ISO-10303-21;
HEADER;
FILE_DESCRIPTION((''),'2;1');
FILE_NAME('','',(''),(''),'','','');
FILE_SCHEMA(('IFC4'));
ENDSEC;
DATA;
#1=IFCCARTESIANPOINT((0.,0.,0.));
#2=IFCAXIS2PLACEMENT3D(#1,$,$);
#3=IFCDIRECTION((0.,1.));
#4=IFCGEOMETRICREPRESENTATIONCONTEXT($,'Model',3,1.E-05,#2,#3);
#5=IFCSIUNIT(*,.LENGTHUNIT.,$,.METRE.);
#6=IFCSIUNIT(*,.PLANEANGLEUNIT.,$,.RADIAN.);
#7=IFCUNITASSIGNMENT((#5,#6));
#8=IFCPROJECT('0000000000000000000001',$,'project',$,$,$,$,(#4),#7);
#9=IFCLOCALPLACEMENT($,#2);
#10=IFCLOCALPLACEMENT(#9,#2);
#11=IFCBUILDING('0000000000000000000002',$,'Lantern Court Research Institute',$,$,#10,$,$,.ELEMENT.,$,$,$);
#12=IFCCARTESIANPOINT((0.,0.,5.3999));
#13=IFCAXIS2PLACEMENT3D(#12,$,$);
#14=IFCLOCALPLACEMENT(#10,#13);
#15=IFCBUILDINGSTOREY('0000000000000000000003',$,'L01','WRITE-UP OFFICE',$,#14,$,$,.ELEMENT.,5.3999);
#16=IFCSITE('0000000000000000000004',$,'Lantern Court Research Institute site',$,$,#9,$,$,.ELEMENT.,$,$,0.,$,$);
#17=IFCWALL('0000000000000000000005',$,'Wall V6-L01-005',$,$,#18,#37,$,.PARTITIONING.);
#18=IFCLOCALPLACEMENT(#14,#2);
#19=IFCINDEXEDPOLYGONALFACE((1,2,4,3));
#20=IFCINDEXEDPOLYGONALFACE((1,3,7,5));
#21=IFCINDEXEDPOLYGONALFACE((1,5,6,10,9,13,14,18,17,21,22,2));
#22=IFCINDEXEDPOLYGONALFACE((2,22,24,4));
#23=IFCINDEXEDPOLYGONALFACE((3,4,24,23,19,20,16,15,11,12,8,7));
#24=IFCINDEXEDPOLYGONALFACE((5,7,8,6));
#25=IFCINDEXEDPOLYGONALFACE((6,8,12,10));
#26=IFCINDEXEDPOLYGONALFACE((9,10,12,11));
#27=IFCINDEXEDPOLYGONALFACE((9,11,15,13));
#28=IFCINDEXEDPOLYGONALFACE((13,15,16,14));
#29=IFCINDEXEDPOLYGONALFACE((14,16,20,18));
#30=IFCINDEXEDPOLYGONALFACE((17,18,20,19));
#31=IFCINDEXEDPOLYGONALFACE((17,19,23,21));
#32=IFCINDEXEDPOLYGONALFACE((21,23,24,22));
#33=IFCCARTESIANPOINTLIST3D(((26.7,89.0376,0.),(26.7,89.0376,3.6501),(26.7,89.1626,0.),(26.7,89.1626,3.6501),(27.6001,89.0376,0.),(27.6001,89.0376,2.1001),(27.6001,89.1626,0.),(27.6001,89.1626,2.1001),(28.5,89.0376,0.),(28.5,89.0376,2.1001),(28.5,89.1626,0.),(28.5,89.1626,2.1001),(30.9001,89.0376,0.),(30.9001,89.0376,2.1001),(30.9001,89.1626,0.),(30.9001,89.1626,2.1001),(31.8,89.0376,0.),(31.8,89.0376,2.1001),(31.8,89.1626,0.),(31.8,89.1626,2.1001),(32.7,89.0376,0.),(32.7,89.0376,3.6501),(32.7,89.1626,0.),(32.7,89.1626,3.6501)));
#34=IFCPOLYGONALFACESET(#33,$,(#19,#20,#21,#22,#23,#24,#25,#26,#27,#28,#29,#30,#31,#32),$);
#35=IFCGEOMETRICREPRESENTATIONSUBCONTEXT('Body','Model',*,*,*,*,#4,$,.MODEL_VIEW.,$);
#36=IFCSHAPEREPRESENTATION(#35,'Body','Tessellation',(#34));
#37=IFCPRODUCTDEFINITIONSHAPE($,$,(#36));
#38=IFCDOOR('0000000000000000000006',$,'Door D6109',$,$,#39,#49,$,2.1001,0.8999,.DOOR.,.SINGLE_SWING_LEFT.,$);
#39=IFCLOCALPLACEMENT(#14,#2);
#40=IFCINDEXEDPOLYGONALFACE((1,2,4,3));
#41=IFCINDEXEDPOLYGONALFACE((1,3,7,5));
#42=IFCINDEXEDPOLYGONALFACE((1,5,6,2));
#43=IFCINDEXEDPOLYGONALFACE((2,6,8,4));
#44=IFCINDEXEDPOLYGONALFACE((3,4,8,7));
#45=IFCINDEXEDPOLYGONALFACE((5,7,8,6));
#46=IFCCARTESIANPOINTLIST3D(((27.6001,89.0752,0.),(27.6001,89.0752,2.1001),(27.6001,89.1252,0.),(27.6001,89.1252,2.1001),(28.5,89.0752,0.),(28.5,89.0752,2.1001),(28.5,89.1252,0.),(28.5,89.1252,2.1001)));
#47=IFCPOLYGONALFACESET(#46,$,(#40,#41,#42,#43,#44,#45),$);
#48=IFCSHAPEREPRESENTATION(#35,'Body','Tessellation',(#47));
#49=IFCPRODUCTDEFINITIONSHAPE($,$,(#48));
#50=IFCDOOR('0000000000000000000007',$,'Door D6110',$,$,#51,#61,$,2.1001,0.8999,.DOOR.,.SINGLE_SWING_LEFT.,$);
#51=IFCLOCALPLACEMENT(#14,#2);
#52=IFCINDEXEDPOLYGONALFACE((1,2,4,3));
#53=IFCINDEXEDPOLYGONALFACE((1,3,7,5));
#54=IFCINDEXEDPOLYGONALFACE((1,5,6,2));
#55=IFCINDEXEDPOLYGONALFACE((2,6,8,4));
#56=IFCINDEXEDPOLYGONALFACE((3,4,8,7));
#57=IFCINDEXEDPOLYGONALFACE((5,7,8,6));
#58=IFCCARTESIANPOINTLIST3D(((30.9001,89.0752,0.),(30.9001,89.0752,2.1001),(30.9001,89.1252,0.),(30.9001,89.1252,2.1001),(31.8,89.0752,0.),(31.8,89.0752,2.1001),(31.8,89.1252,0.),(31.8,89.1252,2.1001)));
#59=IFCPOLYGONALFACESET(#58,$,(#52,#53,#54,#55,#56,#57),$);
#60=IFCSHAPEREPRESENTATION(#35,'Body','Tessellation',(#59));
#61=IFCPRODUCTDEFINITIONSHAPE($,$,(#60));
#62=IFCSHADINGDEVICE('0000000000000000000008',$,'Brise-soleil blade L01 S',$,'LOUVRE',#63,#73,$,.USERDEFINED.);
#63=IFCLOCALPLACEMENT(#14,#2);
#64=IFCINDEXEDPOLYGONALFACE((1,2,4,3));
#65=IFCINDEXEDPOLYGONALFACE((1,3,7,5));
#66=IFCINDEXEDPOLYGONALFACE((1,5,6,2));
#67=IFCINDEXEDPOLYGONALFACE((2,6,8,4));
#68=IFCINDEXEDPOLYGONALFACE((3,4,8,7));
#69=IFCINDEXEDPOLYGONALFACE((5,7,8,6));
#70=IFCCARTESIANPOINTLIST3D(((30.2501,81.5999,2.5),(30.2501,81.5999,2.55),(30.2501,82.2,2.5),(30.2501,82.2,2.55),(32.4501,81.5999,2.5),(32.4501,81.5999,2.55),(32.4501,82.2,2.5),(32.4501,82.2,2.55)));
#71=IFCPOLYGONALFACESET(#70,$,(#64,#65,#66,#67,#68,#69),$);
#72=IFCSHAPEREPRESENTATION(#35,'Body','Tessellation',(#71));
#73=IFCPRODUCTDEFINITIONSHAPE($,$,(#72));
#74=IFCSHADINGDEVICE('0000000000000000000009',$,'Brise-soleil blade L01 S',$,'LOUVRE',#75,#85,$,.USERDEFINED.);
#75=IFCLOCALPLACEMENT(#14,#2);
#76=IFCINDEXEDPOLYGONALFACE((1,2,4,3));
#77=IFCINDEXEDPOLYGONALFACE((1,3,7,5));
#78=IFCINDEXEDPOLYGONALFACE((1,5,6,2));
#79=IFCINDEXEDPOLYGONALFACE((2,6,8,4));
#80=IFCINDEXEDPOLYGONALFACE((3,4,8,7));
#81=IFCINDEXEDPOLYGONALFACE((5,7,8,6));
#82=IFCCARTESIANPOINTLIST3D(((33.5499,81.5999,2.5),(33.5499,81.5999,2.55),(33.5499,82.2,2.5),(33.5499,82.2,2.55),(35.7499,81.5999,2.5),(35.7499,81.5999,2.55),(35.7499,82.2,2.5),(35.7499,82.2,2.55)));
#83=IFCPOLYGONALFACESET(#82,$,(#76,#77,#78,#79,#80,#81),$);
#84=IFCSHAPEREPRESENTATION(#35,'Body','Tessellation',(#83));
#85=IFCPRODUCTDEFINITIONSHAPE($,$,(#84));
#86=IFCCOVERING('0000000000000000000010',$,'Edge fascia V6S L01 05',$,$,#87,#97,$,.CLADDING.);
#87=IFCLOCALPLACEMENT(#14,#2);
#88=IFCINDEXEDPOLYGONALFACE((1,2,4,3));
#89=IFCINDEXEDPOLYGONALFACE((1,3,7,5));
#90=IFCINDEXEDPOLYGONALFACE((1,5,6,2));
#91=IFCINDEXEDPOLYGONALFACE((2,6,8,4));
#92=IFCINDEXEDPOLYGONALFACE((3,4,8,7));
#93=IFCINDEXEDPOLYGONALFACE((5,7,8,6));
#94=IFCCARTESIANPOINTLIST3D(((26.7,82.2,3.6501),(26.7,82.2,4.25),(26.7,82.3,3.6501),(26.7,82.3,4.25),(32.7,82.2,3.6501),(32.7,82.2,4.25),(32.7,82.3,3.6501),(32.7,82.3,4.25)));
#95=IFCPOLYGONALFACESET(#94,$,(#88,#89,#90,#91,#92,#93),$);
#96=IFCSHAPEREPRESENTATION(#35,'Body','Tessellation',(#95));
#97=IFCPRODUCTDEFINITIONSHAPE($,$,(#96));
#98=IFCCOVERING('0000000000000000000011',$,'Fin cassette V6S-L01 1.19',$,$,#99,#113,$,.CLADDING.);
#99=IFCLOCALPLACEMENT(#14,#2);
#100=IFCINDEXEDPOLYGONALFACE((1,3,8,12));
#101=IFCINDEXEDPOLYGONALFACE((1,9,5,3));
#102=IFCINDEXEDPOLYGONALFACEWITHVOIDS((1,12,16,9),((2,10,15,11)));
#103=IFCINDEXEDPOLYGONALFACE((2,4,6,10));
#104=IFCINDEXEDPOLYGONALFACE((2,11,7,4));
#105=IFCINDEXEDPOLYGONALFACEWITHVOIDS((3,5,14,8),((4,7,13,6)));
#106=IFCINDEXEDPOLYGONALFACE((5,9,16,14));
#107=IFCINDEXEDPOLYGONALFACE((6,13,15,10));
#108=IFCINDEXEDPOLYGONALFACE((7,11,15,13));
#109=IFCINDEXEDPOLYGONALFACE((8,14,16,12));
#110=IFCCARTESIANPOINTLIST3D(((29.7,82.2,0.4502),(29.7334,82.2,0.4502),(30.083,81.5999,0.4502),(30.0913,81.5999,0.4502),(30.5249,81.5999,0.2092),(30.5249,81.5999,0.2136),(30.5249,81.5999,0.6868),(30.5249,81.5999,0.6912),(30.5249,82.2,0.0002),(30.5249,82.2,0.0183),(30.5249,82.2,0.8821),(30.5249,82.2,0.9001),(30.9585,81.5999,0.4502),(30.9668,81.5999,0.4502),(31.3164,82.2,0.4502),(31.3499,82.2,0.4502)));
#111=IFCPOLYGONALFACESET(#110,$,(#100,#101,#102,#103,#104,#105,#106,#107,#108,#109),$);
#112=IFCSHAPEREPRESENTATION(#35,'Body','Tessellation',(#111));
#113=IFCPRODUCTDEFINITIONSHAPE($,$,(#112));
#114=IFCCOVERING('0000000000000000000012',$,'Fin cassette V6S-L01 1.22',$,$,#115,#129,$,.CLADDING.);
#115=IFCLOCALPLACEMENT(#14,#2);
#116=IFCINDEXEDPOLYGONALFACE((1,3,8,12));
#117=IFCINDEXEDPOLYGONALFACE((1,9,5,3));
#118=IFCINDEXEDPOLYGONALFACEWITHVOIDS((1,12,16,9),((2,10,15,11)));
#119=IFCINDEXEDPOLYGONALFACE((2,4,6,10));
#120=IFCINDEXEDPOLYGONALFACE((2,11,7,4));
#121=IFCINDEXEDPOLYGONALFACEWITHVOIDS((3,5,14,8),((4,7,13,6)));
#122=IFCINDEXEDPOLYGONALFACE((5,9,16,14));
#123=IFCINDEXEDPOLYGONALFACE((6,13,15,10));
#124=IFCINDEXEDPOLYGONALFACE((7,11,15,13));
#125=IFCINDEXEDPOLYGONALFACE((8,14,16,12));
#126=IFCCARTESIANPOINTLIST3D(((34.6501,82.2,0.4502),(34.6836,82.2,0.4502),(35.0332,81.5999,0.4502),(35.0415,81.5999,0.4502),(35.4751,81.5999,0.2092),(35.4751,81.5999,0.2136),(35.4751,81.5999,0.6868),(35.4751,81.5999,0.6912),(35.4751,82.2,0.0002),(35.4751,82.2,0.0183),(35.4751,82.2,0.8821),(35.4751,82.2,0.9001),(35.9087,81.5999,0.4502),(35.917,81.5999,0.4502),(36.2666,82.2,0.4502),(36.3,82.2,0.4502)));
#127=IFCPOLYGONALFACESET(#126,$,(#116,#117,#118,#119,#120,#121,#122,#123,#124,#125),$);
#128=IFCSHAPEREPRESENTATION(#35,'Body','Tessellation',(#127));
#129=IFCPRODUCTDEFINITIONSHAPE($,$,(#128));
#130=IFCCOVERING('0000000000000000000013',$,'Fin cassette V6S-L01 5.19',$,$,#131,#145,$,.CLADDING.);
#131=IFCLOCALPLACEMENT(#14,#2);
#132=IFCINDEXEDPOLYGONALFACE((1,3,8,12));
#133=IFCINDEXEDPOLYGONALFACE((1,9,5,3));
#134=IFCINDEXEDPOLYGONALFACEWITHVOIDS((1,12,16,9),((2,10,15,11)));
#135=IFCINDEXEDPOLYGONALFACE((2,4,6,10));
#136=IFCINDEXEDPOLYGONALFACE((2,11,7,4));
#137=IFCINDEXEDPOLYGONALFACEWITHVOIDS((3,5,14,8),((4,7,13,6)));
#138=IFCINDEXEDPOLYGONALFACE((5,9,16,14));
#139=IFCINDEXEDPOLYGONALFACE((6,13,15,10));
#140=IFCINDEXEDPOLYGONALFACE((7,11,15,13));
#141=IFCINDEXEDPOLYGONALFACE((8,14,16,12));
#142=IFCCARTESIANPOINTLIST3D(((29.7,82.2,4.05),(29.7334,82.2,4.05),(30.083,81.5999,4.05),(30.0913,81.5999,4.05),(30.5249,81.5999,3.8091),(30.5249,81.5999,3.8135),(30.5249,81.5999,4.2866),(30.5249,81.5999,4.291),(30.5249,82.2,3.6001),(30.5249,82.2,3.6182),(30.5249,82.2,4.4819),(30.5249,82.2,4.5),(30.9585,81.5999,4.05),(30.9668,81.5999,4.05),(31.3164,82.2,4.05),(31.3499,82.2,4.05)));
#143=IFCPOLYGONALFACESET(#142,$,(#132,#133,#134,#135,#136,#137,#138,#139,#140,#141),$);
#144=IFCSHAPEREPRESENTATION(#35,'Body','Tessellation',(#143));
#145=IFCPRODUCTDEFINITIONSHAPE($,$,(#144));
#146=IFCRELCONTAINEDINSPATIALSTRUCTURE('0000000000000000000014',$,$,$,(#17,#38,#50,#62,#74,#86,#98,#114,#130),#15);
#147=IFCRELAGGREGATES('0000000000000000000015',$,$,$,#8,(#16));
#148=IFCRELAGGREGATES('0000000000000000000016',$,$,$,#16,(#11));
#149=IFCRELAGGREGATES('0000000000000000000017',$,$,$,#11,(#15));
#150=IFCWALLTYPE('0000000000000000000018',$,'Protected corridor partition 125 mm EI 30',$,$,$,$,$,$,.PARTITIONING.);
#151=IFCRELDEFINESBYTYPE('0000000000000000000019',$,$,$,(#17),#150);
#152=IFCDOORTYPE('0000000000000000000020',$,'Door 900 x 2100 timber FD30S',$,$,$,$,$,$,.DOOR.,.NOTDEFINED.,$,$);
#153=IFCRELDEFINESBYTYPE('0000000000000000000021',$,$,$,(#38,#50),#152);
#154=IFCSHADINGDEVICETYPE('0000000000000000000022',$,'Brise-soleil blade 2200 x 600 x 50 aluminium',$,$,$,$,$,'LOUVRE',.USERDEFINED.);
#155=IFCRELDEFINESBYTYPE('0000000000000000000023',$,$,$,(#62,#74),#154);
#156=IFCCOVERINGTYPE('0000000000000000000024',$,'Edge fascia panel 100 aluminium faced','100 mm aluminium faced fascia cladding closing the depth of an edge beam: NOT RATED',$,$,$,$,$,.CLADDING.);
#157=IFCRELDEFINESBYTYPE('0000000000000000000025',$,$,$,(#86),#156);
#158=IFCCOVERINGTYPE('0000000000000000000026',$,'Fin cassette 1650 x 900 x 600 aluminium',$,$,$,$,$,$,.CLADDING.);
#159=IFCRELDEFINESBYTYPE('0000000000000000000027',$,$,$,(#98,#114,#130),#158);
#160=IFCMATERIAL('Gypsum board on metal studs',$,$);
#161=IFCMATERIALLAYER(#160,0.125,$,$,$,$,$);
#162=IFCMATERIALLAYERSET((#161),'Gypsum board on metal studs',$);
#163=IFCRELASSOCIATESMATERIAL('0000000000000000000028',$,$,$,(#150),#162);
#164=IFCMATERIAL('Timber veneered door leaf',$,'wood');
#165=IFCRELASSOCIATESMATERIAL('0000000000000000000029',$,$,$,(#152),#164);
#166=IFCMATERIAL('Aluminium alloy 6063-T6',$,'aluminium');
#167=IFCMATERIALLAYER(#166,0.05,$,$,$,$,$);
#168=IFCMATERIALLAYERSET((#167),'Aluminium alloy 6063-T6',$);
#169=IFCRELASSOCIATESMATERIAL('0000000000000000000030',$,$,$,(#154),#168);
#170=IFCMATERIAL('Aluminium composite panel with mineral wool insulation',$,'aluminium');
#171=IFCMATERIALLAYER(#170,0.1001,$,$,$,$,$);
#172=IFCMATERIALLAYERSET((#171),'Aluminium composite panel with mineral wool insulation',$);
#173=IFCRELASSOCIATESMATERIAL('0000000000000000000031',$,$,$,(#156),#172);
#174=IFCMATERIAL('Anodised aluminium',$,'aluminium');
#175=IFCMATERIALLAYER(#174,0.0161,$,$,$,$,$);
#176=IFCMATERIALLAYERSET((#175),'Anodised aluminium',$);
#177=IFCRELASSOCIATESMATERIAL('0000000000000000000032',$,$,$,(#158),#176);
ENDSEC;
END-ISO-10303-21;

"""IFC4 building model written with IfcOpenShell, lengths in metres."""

from ifc_helpers import new_model, entity, si_unit, direction, frame, frame_2d, origin, origin_2d, place, context, subcontext, project, spatial, rectangle, extrude, material, layer, layer_set, type_object, element, fill, save


model = new_model("IFC4")

# Units and contexts
model_context = context("Model", 3, precision=1e-05, world=origin(), true_north=direction((0.0, 1.0)))
body_context = subcontext(model_context, "Body", "Model", "MODEL_VIEW")
ifc_project = project(units=[si_unit("LENGTHUNIT", "METRE"), si_unit("PLANEANGLEUNIT", "RADIAN")], contexts=[model_context])

# Site, building, storey
site_placement = place(None, origin())
site = spatial("IfcSite", under=ifc_project, at=site_placement, Name="Lantern Court Research Institute site", CompositionType="ELEMENT", RefElevation=0.0)
building_placement = place(site_placement, origin())
building = spatial("IfcBuilding", under=site, at=building_placement, Name="Lantern Court Research Institute", CompositionType="ELEMENT")
storey_placement = place(building_placement, frame((0.0, 0.0, 5.3999)))
storey = spatial("IfcBuildingStorey", under=building, at=storey_placement, Name="L01", Description="WRITE-UP OFFICE", CompositionType="ELEMENT", Elevation=5.3999)

# Wall, openings, doors
ifc_material_1 = material(Name="Gypsum board on metal studs")
ifc_layer_1 = layer(ifc_material_1, 0.125)
ifc_layer_set_1 = layer_set([ifc_layer_1], Name="Gypsum board on metal studs")
wall_type_1 = type_object("IfcWallType", Name="Protected corridor partition 125 mm EI 30", PredefinedType="PARTITIONING", material=ifc_layer_set_1)
wall_1_placement = place(storey_placement, frame((32.7, 89.1001, 0.0), z_axis=(0.0, 0.0, 1.0), x_axis=(-1.0, 0.0, 0.0)))
wall_1 = element("IfcWall", 1, at=wall_1_placement, inside=storey, type_object=wall_type_1, Name="Wall V6-L01-005", PredefinedType="PARTITIONING", context=body_context, shape_type="SweptSolid", body=[
    extrude(rectangle(XDim=6.0, YDim=0.125, at=frame_2d((3.0, 0.0))), origin(), (0.0, 0.0, 1.0), 3.6501),
])
opening_1_placement = place(wall_1_placement, frame((4.2, 0.0, 0.0)))
opening_1 = element("IfcOpeningElement", 2, at=opening_1_placement, cuts=wall_1, PredefinedType="OPENING", context=body_context, shape_type="SweptSolid", body=[
    extrude(rectangle(XDim=0.8999, YDim=2.1001, at=frame_2d((0.45, 1.05))), frame((0.0, 0.0725, 0.0), z_axis=(0.0, -1.0, 0.0), x_axis=(1.0, 0.0, 0.0)), (0.0, 0.0, 1.0), 0.145),
])
opening_2_placement = place(wall_1_placement, frame((0.8999, 0.0, 0.0)))
opening_2 = element("IfcOpeningElement", 3, at=opening_2_placement, cuts=wall_1, PredefinedType="OPENING", context=body_context, shape_type="SweptSolid", body=[
    extrude(rectangle(XDim=0.8999, YDim=2.1001, at=frame_2d((0.45, 1.05))), frame((0.0, 0.0725, 0.0), z_axis=(0.0, -1.0, 0.0), x_axis=(1.0, 0.0, 0.0)), (0.0, 0.0, 1.0), 0.145),
])
ifc_material_2 = material(Name="Timber veneered door leaf", Category="wood")
door_type = type_object("IfcDoorType", Name="Door 900 x 2100 timber FD30S", OperationType="NOTDEFINED", PredefinedType="DOOR", material=ifc_material_2)
door_1_placement = place(opening_1_placement, origin())
door_1 = element("IfcDoor", 4, at=door_1_placement, inside=storey, type_object=door_type, Name="Door D6109", OperationType="SINGLE_SWING_LEFT", OverallHeight=2.1001, OverallWidth=0.8999, PredefinedType="DOOR", context=body_context, shape_type="SweptSolid", body=[
    extrude(rectangle(XDim=0.8999, YDim=2.1001, at=frame_2d((0.45, 1.05))), frame((0.0, 0.0249, 0.0), z_axis=(0.0, -1.0, 0.0), x_axis=(1.0, 0.0, 0.0)), (0.0, 0.0, 1.0), 0.05),
])
fill(opening_1, door_1)
door_2_placement = place(opening_2_placement, origin())
door_2 = element("IfcDoor", 5, at=door_2_placement, inside=storey, type_object=door_type, Name="Door D6110", OperationType="SINGLE_SWING_LEFT", OverallHeight=2.1001, OverallWidth=0.8999, PredefinedType="DOOR", context=body_context, shape_type="SweptSolid", body=[
    extrude(rectangle(XDim=0.8999, YDim=2.1001, at=frame_2d((0.45, 1.05))), frame((0.0, 0.0249, 0.0), z_axis=(0.0, -1.0, 0.0), x_axis=(1.0, 0.0, 0.0)), (0.0, 0.0, 1.0), 0.05),
])
fill(opening_2, door_2)

# Shading devices
ifc_material_3 = material(Name="Aluminium alloy 6063-T6", Category="aluminium")
ifc_layer_2 = layer(ifc_material_3, 0.05)
ifc_layer_set_2 = layer_set([ifc_layer_2], Name="Aluminium alloy 6063-T6")
shading_device_type = type_object("IfcShadingDeviceType", Name="Brise-soleil blade 2200 x 600 x 50 aluminium", ElementType="LOUVRE", PredefinedType="USERDEFINED", material=ifc_layer_set_2)
for number, where, z_axis, x_axis, name in (
    (6, (31.3501, 81.8999, 2.5), (0.0, 0.0, 1.0), (-1.0, 0.0, 0.0), "Brise-soleil blade L01 S"),
    (7, (34.6499, 81.8999, 2.5), (0.0, 0.0, 1.0), (-1.0, 0.0, 0.0), "Brise-soleil blade L01 S"),
):
    element("IfcShadingDevice", number, at=place(storey_placement, frame(where, z_axis=z_axis, x_axis=x_axis)), inside=storey, type_object=shading_device_type, Name=name, ObjectType="LOUVRE", PredefinedType="USERDEFINED", context=body_context, shape_type="SweptSolid", body=[
        extrude(rectangle(XDim=2.2, YDim=0.6001, at=origin_2d()), origin(), (0.0, 0.0, 1.0), 0.05),
    ])

# Coverings
ifc_material_4 = material(Name="Aluminium composite panel with mineral wool insulation", Category="aluminium")
ifc_layer_3 = layer(ifc_material_4, 0.1001)
ifc_layer_set_3 = layer_set([ifc_layer_3], Name="Aluminium composite panel with mineral wool insulation")
covering_type_1 = type_object("IfcCoveringType", Name="Edge fascia panel 100 aluminium faced", Description="100 mm aluminium faced fascia cladding closing the depth of an edge beam: NOT RATED", PredefinedType="CLADDING", material=ifc_layer_set_3)
covering_1_placement = place(storey_placement, frame((32.7, 82.25, 3.6501), z_axis=(0.0, 0.0, 1.0), x_axis=(-1.0, 0.0, 0.0)))
element("IfcCovering", 8, at=covering_1_placement, inside=storey, type_object=covering_type_1, Name="Edge fascia V6S L01 05", PredefinedType="CLADDING", context=body_context, shape_type="SweptSolid", body=[
    extrude(rectangle(XDim=6.0, YDim=0.1001, at=frame_2d((3.0, 0.0))), origin(), (0.0, 0.0, 1.0), 0.5999),
])
ifc_material_5 = material(Name="Anodised aluminium", Category="aluminium")
ifc_layer_4 = layer(ifc_material_5, 0.0161)
ifc_layer_set_4 = layer_set([ifc_layer_4], Name="Anodised aluminium")
covering_type_2 = type_object("IfcCoveringType", Name="Fin cassette 1650 x 900 x 600 aluminium", PredefinedType="CLADDING", material=ifc_layer_set_4)
covering_2_placement = place(storey_placement, frame((30.5249, 82.2, 0.4502), z_axis=(0.0, -1.0, 0.0), x_axis=(1.0, 0.0, 0.0)))
cartesian_point_1 = entity("IfcCartesianPoint", [0.825, 0.0])
cartesian_point_2 = entity("IfcCartesianPoint", [0.7915, 0.0])
cartesian_point_3 = entity("IfcCartesianPoint", [0.4419, 0.0])
cartesian_point_4 = entity("IfcCartesianPoint", [0.4336, 0.0])
element("IfcCovering", 9, at=covering_2_placement, inside=storey, type_object=covering_type_2, Name="Fin cassette V6S-L01 1.19", PredefinedType="CLADDING", context=body_context, shape_type="SweptSolid", body=[
    entity("IfcExtrudedAreaSolidTapered", entity("IfcArbitraryProfileDefWithVoids", "AREA", None, entity("IfcPolyline", [cartesian_point_1, entity("IfcCartesianPoint", [0.0, 0.45]), entity("IfcCartesianPoint", [-0.825, 0.0]), entity("IfcCartesianPoint", [0.0, -0.45]), cartesian_point_1]), [entity("IfcPolyline", [cartesian_point_2, entity("IfcCartesianPoint", [0.0, 0.4319]), entity("IfcCartesianPoint", [-0.7915, 0.0]), entity("IfcCartesianPoint", [0.0, -0.4319]), cartesian_point_2])]), entity("IfcAxis2Placement3D", entity("IfcCartesianPoint", [0.0, 0.0, 0.0])), entity("IfcDirection", [0.0, 0.0, 1.0]), 0.6001, entity("IfcArbitraryProfileDefWithVoids", "AREA", None, entity("IfcPolyline", [cartesian_point_3, entity("IfcCartesianPoint", [0.0, 0.241]), entity("IfcCartesianPoint", [-0.4419, 0.0]), entity("IfcCartesianPoint", [0.0, -0.241]), cartesian_point_3]), [entity("IfcPolyline", [cartesian_point_4, entity("IfcCartesianPoint", [0.0, 0.2366]), entity("IfcCartesianPoint", [-0.4336, 0.0]), entity("IfcCartesianPoint", [0.0, -0.2366]), cartesian_point_4])])),
])
covering_3_placement = place(storey_placement, frame((35.4751, 82.2, 0.4502), z_axis=(0.0, -1.0, 0.0), x_axis=(1.0, 0.0, 0.0)))
cartesian_point_5 = entity("IfcCartesianPoint", [0.825, 0.0])
cartesian_point_6 = entity("IfcCartesianPoint", [0.7915, 0.0])
cartesian_point_7 = entity("IfcCartesianPoint", [0.4419, 0.0])
cartesian_point_8 = entity("IfcCartesianPoint", [0.4336, 0.0])
element("IfcCovering", 10, at=covering_3_placement, inside=storey, type_object=covering_type_2, Name="Fin cassette V6S-L01 1.22", PredefinedType="CLADDING", context=body_context, shape_type="SweptSolid", body=[
    entity("IfcExtrudedAreaSolidTapered", entity("IfcArbitraryProfileDefWithVoids", "AREA", None, entity("IfcPolyline", [cartesian_point_5, entity("IfcCartesianPoint", [0.0, 0.45]), entity("IfcCartesianPoint", [-0.825, 0.0]), entity("IfcCartesianPoint", [0.0, -0.45]), cartesian_point_5]), [entity("IfcPolyline", [cartesian_point_6, entity("IfcCartesianPoint", [0.0, 0.4319]), entity("IfcCartesianPoint", [-0.7915, 0.0]), entity("IfcCartesianPoint", [0.0, -0.4319]), cartesian_point_6])]), entity("IfcAxis2Placement3D", entity("IfcCartesianPoint", [0.0, 0.0, 0.0])), entity("IfcDirection", [0.0, 0.0, 1.0]), 0.6001, entity("IfcArbitraryProfileDefWithVoids", "AREA", None, entity("IfcPolyline", [cartesian_point_7, entity("IfcCartesianPoint", [0.0, 0.241]), entity("IfcCartesianPoint", [-0.4419, 0.0]), entity("IfcCartesianPoint", [0.0, -0.241]), cartesian_point_7]), [entity("IfcPolyline", [cartesian_point_8, entity("IfcCartesianPoint", [0.0, 0.2366]), entity("IfcCartesianPoint", [-0.4336, 0.0]), entity("IfcCartesianPoint", [0.0, -0.2366]), cartesian_point_8])])),
])
covering_4_placement = place(storey_placement, frame((30.5249, 82.2, 4.05), z_axis=(0.0, -1.0, 0.0), x_axis=(1.0, 0.0, 0.0)))
cartesian_point_9 = entity("IfcCartesianPoint", [0.825, 0.0])
cartesian_point_10 = entity("IfcCartesianPoint", [0.7915, 0.0])
cartesian_point_11 = entity("IfcCartesianPoint", [0.4419, 0.0])
cartesian_point_12 = entity("IfcCartesianPoint", [0.4336, 0.0])
element("IfcCovering", 11, at=covering_4_placement, inside=storey, type_object=covering_type_2, Name="Fin cassette V6S-L01 5.19", PredefinedType="CLADDING", context=body_context, shape_type="SweptSolid", body=[
    entity("IfcExtrudedAreaSolidTapered", entity("IfcArbitraryProfileDefWithVoids", "AREA", None, entity("IfcPolyline", [cartesian_point_9, entity("IfcCartesianPoint", [0.0, 0.45]), entity("IfcCartesianPoint", [-0.825, 0.0]), entity("IfcCartesianPoint", [0.0, -0.45]), cartesian_point_9]), [entity("IfcPolyline", [cartesian_point_10, entity("IfcCartesianPoint", [0.0, 0.4319]), entity("IfcCartesianPoint", [-0.7915, 0.0]), entity("IfcCartesianPoint", [0.0, -0.4319]), cartesian_point_10])]), entity("IfcAxis2Placement3D", entity("IfcCartesianPoint", [0.0, 0.0, 0.0])), entity("IfcDirection", [0.0, 0.0, 1.0]), 0.6001, entity("IfcArbitraryProfileDefWithVoids", "AREA", None, entity("IfcPolyline", [cartesian_point_11, entity("IfcCartesianPoint", [0.0, 0.241]), entity("IfcCartesianPoint", [-0.4419, 0.0]), entity("IfcCartesianPoint", [0.0, -0.241]), cartesian_point_11]), [entity("IfcPolyline", [cartesian_point_12, entity("IfcCartesianPoint", [0.0, 0.2366]), entity("IfcCartesianPoint", [-0.4336, 0.0]), entity("IfcCartesianPoint", [0.0, -0.2366]), cartesian_point_12])])),
])

save(model, "model.ifc")
